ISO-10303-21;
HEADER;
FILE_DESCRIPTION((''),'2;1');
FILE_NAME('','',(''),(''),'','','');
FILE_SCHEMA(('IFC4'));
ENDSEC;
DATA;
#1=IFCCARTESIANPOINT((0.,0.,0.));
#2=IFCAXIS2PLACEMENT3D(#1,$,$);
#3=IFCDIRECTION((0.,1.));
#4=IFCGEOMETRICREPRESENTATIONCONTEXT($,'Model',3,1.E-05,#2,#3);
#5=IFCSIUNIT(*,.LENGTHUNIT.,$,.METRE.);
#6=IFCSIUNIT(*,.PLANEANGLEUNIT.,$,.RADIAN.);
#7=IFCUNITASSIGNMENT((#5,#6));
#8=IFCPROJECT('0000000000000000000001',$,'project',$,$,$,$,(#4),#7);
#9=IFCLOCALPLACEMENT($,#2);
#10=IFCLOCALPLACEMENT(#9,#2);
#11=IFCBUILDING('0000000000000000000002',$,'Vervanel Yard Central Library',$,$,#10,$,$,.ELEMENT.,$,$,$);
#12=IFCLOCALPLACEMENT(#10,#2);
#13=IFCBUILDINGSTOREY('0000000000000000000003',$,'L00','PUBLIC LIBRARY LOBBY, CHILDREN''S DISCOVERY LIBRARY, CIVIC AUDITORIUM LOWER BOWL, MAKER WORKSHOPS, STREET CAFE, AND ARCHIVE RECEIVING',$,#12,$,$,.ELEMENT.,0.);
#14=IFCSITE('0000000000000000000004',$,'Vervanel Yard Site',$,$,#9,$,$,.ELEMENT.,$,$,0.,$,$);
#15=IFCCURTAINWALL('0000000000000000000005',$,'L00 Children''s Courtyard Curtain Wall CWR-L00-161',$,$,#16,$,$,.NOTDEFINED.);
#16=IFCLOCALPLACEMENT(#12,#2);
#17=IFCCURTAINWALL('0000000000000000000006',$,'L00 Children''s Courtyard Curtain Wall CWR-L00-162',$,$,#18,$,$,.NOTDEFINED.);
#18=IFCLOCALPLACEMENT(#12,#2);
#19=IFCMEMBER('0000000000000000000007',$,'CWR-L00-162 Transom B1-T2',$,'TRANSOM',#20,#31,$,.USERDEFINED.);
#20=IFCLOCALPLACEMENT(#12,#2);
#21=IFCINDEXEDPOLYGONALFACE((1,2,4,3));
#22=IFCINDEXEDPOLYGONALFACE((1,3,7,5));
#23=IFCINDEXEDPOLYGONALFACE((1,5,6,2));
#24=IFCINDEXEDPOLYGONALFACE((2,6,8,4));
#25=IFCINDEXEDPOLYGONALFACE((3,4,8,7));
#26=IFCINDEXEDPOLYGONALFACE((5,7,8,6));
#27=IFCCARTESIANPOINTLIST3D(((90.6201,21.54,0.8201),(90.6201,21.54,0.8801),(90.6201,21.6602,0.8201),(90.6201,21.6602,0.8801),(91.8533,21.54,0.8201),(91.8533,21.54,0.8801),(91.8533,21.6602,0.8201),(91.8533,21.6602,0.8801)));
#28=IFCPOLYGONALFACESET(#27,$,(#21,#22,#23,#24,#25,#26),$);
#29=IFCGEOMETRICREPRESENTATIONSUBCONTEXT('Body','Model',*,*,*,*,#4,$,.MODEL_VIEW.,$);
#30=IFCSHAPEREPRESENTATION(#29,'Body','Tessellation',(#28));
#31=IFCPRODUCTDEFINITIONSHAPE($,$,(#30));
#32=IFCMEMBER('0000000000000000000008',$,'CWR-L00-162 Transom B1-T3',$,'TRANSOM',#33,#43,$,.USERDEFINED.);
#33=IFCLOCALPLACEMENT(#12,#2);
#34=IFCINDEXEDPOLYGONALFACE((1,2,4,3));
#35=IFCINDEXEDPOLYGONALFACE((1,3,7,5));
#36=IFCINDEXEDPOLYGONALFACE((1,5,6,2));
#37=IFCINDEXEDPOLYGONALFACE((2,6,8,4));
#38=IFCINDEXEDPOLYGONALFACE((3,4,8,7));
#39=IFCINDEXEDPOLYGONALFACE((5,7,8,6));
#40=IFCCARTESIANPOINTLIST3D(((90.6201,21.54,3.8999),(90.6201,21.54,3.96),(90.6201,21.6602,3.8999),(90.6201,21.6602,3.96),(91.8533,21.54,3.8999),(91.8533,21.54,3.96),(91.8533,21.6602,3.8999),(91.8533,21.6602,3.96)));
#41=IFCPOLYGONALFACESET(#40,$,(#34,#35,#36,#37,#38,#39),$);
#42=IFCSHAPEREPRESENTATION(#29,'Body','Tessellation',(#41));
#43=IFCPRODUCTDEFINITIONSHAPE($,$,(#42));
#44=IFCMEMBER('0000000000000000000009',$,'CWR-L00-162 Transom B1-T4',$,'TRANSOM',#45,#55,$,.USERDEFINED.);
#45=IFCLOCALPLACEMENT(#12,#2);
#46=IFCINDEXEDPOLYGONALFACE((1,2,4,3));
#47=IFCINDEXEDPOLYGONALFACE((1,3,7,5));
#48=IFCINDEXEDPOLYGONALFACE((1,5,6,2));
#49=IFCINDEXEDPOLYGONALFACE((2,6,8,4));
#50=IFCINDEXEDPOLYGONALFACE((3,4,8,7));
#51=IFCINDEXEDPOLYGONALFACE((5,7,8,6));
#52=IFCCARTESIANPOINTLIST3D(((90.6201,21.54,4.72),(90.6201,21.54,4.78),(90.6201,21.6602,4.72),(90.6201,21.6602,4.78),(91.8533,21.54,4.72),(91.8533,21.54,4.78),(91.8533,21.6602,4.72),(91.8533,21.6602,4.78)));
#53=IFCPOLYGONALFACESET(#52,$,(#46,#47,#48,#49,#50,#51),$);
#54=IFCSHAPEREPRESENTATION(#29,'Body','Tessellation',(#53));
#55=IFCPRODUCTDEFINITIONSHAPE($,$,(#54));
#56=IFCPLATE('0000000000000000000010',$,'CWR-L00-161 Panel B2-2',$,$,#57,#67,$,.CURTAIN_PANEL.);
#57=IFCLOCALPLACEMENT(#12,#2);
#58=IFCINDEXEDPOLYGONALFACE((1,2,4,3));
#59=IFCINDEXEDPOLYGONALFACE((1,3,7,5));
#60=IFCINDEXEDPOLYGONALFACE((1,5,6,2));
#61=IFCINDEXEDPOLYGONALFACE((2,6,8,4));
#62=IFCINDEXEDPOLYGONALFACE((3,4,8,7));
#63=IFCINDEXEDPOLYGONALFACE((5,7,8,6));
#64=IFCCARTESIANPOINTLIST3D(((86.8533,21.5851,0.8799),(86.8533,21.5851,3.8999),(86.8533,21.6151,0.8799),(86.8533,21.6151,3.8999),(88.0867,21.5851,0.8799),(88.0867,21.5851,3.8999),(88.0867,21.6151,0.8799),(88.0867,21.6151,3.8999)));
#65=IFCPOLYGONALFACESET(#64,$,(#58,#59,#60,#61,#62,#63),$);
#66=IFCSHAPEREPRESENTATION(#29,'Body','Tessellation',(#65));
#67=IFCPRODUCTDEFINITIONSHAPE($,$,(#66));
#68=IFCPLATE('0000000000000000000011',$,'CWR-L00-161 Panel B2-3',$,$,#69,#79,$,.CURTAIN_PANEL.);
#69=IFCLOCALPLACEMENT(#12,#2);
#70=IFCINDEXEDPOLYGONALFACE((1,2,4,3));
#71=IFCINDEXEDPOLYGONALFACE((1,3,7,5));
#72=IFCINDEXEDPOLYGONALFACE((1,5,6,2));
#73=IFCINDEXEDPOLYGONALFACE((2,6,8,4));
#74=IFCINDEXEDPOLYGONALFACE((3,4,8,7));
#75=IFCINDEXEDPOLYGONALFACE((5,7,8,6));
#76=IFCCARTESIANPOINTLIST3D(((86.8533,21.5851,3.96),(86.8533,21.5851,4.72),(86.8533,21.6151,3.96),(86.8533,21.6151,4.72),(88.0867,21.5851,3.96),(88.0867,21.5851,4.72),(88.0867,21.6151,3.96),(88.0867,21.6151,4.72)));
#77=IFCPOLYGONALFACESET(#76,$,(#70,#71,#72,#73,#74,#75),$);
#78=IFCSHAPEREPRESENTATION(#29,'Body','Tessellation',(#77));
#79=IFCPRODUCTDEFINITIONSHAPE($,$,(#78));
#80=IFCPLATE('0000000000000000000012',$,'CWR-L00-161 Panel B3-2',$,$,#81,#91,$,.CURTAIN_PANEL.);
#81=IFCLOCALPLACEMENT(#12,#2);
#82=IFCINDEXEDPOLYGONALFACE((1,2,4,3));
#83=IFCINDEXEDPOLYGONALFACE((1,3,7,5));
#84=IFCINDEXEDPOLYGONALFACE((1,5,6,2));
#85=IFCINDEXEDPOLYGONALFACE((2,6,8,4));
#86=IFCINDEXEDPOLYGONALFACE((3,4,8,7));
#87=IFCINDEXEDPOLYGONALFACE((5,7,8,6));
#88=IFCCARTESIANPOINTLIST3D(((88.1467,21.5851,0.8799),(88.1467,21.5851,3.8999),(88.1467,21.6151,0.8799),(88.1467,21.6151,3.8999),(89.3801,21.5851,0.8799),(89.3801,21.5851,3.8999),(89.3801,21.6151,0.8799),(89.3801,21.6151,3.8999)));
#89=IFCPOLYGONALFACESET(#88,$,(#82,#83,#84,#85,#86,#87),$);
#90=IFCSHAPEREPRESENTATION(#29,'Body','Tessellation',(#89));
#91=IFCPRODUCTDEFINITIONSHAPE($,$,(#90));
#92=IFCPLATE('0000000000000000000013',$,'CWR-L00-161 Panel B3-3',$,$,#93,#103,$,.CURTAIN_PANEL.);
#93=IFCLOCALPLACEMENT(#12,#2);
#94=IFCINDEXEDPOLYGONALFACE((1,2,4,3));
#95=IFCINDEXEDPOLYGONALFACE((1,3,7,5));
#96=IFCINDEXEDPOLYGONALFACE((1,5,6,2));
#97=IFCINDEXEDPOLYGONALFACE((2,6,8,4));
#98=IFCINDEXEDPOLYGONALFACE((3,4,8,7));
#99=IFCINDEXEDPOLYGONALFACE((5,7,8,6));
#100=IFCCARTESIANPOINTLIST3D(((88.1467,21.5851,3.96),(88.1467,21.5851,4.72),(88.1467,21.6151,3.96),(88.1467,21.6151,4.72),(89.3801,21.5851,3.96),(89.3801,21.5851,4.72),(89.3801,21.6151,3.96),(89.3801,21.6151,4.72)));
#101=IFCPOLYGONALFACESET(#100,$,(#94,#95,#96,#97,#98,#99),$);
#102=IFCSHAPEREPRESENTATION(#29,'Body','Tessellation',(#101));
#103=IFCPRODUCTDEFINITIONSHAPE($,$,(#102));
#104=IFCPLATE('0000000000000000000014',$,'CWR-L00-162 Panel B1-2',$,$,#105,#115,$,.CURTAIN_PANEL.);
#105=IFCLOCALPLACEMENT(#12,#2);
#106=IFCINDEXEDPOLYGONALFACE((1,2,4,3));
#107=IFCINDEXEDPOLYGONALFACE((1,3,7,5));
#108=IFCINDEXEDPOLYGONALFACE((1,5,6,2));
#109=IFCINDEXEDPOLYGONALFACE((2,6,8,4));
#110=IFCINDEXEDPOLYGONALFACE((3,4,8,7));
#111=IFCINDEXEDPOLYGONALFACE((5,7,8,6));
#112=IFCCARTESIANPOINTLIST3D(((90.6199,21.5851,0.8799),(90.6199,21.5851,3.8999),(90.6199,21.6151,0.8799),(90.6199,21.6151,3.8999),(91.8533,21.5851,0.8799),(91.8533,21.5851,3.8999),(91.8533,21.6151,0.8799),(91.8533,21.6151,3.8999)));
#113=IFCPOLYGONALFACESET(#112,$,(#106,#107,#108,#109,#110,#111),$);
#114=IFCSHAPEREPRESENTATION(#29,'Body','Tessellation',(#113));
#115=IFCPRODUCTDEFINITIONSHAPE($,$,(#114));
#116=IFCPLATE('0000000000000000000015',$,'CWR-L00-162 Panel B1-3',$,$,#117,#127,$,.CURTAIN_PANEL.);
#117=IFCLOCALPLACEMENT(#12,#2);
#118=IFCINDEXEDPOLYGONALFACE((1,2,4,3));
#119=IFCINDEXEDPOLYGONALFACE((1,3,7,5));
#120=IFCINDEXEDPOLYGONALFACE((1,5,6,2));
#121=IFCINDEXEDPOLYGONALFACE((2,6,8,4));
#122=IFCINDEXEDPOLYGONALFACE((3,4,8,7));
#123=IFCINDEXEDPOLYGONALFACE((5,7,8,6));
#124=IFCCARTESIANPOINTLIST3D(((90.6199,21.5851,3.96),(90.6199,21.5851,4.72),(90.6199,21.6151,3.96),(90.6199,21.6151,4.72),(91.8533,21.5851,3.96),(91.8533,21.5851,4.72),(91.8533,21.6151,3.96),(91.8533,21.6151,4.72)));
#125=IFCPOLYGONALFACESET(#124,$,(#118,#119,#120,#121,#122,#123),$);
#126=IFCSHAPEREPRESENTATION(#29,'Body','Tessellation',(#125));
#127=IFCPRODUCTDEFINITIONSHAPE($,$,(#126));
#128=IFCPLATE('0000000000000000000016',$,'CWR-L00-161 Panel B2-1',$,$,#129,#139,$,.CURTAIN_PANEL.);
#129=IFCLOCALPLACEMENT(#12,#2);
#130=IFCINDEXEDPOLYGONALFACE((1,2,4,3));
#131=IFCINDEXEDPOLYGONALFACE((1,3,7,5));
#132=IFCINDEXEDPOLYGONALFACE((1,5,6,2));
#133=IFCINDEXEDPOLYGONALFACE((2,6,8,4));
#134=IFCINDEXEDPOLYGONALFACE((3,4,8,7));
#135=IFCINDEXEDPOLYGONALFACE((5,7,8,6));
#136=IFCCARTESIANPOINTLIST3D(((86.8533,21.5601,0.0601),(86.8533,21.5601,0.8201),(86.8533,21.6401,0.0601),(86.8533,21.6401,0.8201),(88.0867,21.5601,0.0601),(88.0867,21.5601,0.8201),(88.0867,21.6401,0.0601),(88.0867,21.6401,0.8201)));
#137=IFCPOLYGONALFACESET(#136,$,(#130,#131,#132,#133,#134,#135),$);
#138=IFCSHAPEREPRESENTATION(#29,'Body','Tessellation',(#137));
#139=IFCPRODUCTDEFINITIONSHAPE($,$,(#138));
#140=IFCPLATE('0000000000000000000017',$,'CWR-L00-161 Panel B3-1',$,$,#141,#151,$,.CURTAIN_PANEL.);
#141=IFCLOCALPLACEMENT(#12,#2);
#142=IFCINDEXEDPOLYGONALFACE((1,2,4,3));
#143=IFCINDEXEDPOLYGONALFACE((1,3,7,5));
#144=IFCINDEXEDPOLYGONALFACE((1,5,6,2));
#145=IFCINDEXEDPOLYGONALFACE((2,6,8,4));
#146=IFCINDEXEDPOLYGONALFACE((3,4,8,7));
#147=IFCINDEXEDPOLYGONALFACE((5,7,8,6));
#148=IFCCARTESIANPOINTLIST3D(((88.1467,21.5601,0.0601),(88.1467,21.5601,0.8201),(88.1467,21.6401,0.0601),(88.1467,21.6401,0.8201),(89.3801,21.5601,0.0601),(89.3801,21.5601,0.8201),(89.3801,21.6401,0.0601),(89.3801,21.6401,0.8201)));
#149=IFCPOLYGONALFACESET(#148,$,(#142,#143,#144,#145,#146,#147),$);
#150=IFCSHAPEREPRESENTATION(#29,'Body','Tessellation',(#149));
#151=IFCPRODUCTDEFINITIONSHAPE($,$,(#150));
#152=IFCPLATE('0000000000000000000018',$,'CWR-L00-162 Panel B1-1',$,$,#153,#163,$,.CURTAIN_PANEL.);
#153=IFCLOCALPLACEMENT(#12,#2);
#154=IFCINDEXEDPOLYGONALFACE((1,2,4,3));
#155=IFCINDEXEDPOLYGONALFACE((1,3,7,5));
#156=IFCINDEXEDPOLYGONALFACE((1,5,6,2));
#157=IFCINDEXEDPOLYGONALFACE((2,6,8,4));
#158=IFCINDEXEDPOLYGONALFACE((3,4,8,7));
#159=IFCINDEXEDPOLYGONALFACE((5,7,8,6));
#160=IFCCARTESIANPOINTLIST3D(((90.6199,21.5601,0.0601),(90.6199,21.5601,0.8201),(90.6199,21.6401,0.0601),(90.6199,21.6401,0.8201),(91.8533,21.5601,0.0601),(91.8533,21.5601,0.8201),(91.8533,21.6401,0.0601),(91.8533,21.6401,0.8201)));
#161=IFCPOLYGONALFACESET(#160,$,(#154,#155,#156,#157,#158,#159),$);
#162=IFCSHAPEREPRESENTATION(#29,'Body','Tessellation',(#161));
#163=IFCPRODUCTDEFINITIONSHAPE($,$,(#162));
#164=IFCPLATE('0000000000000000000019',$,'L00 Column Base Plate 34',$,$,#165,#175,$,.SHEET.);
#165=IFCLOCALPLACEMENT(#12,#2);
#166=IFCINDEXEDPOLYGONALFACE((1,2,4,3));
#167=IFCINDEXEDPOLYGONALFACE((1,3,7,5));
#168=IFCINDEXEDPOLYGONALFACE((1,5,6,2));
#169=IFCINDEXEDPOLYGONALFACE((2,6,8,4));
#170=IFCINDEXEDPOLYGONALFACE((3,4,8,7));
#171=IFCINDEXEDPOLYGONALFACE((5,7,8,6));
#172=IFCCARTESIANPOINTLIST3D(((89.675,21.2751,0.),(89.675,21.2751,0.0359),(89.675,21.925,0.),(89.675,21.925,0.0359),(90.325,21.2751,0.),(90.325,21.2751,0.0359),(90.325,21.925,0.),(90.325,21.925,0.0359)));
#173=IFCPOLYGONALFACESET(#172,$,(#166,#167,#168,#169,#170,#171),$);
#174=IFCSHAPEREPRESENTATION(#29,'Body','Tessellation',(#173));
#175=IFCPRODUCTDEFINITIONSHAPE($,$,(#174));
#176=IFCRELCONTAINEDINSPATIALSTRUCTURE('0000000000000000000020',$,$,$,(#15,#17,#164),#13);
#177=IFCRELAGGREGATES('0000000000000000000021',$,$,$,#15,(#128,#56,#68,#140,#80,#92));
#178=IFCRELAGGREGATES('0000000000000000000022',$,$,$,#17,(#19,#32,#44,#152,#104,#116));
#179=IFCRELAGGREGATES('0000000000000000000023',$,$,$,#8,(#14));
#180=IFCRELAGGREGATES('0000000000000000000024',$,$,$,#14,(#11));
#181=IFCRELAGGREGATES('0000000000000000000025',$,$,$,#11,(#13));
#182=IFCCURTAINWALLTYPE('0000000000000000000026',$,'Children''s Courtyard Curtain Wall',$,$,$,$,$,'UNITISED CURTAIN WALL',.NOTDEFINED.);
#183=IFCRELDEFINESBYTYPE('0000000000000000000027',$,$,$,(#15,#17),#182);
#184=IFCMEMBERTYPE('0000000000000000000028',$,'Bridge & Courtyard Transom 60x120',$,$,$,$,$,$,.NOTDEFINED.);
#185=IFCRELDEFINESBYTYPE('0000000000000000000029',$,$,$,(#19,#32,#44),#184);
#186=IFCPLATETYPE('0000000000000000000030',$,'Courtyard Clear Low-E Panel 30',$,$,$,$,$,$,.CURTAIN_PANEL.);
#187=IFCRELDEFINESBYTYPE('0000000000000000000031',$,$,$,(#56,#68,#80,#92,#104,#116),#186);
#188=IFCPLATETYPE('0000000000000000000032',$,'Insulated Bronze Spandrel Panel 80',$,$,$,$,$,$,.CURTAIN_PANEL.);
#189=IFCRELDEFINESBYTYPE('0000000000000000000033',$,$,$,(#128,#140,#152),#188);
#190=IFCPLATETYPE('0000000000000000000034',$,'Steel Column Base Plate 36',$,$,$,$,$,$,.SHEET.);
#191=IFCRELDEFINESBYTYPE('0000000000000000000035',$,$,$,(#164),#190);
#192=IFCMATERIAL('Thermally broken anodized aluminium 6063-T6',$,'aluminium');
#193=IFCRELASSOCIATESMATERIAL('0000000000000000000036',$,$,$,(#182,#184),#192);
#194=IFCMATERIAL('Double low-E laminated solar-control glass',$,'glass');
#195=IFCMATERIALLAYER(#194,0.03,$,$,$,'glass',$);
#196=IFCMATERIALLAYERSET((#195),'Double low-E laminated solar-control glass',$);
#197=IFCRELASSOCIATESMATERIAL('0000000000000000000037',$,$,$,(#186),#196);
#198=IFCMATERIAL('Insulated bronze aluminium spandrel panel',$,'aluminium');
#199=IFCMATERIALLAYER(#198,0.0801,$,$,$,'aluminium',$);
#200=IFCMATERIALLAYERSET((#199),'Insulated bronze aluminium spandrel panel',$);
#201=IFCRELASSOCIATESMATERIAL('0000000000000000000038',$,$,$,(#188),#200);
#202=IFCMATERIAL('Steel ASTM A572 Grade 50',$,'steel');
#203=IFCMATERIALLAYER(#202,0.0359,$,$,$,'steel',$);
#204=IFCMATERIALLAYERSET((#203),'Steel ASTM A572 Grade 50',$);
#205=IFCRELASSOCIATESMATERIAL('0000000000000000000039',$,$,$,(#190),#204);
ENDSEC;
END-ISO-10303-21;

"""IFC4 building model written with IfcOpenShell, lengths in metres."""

from ifc_helpers import new_model, si_unit, direction, frame, origin, origin_2d, place, context, subcontext, project, spatial, rectangle, extrude, material, layer, layer_set, material_profile, profile_set, type_object, element, aggregate, save


model = new_model("IFC4")

# Units and contexts
model_context = context("Model", 3, precision=1e-05, world=origin(), true_north=direction((0.0, 1.0)))
body_context = subcontext(model_context, "Body", "Model", "MODEL_VIEW")
ifc_project = project(units=[si_unit("LENGTHUNIT", "METRE"), si_unit("PLANEANGLEUNIT", "RADIAN")], contexts=[model_context])

# Site, building, storey
site_placement = place(None, origin())
site = spatial("IfcSite", under=ifc_project, at=site_placement, Name="Vervanel Yard Site", CompositionType="ELEMENT", RefElevation=0.0)
building_placement = place(site_placement, origin())
building = spatial("IfcBuilding", under=site, at=building_placement, Name="Vervanel Yard Central Library", CompositionType="ELEMENT")
storey_placement = place(building_placement, origin())
storey = spatial("IfcBuildingStorey", under=building, at=storey_placement, Name="L00", Description="PUBLIC LIBRARY LOBBY, CHILDREN'S DISCOVERY LIBRARY, CIVIC AUDITORIUM LOWER BOWL, MAKER WORKSHOPS, STREET CAFE, AND ARCHIVE RECEIVING", CompositionType="ELEMENT", Elevation=0.0)

# Curtain walls
ifc_material_1 = material(Name="Thermally broken anodized aluminium 6063-T6", Category="aluminium")
curtain_wall_type = type_object("IfcCurtainWallType", Name="Children's Courtyard Curtain Wall", ElementType="UNITISED CURTAIN WALL", PredefinedType="NOTDEFINED", material=ifc_material_1)
curtain_wall_1_placement = place(storey_placement, origin())
curtain_wall_1 = element("IfcCurtainWall", 1, at=curtain_wall_1_placement, inside=storey, type_object=curtain_wall_type, Name="L00 Children's Courtyard Curtain Wall CWR-L00-161", PredefinedType="NOTDEFINED")
curtain_wall_2_placement = place(storey_placement, origin())
curtain_wall_2 = element("IfcCurtainWall", 2, at=curtain_wall_2_placement, inside=storey, type_object=curtain_wall_type, Name="L00 Children's Courtyard Curtain Wall CWR-L00-162", PredefinedType="NOTDEFINED")

# Members
ifc_material_profile_1 = material_profile(ifc_material_1, rectangle(XDim=0.0601, YDim=0.1201, at=origin_2d()), Name="ALU 60x120", Category="aluminium")
ifc_profile_set_1 = profile_set([ifc_material_profile_1], Name="Thermally broken anodized aluminium 6063-T6")
member_type_1 = type_object("IfcMemberType", Name="Bridge & Courtyard Transom 60x120", PredefinedType="NOTDEFINED", material=ifc_profile_set_1)
member_1_placement = place(storey_placement, frame((90.6201, 21.6001, 0.8501), z_axis=(1.0, 0.0, 0.0), x_axis=(0.0, 0.0, 1.0)))
member_1 = element("IfcMember", 3, at=member_1_placement, type_object=member_type_1, Name="CWR-L00-162 Transom B1-T2", ObjectType="TRANSOM", PredefinedType="USERDEFINED", context=body_context, shape_type="SweptSolid", body=[
    extrude(rectangle(XDim=0.0601, YDim=0.1201, at=origin_2d()), origin(), (0.0, 0.0, 1.0), 1.2332),
])
member_2_placement = place(storey_placement, frame((90.6201, 21.6001, 3.9299), z_axis=(1.0, 0.0, 0.0), x_axis=(0.0, 0.0, 1.0)))
member_2 = element("IfcMember", 4, at=member_2_placement, type_object=member_type_1, Name="CWR-L00-162 Transom B1-T3", ObjectType="TRANSOM", PredefinedType="USERDEFINED", context=body_context, shape_type="SweptSolid", body=[
    extrude(rectangle(XDim=0.0601, YDim=0.1201, at=origin_2d()), origin(), (0.0, 0.0, 1.0), 1.2332),
])
member_3_placement = place(storey_placement, frame((90.6201, 21.6001, 4.75), z_axis=(1.0, 0.0, 0.0), x_axis=(0.0, 0.0, 1.0)))
member_3 = element("IfcMember", 5, at=member_3_placement, type_object=member_type_1, Name="CWR-L00-162 Transom B1-T4", ObjectType="TRANSOM", PredefinedType="USERDEFINED", context=body_context, shape_type="SweptSolid", body=[
    extrude(rectangle(XDim=0.0601, YDim=0.1201, at=origin_2d()), origin(), (0.0, 0.0, 1.0), 1.2332),
])

# Plates
ifc_material_2 = material(Name="Double low-E laminated solar-control glass", Category="glass")
ifc_layer_1 = layer(ifc_material_2, 0.03, Category="glass")
ifc_layer_set_1 = layer_set([ifc_layer_1], Name="Double low-E laminated solar-control glass")
plate_type_1 = type_object("IfcPlateType", Name="Courtyard Clear Low-E Panel 30", PredefinedType="CURTAIN_PANEL", material=ifc_layer_set_1)
plate_1_placement = place(storey_placement, frame((87.47, 21.6001, 0.8799), z_axis=(0.0, 0.0, 1.0), x_axis=(1.0, 0.0, 0.0)))
plate_1 = element("IfcPlate", 6, at=plate_1_placement, type_object=plate_type_1, Name="CWR-L00-161 Panel B2-2", PredefinedType="CURTAIN_PANEL", context=body_context, shape_type="SweptSolid", body=[
    extrude(rectangle(XDim=1.2334, YDim=0.03, at=origin_2d()), origin(), (0.0, 0.0, 1.0), 3.02),
])
plate_2_placement = place(storey_placement, frame((87.47, 21.6001, 3.96), z_axis=(0.0, 0.0, 1.0), x_axis=(1.0, 0.0, 0.0)))
plate_2 = element("IfcPlate", 7, at=plate_2_placement, type_object=plate_type_1, Name="CWR-L00-161 Panel B2-3", PredefinedType="CURTAIN_PANEL", context=body_context, shape_type="SweptSolid", body=[
    extrude(rectangle(XDim=1.2334, YDim=0.03, at=origin_2d()), origin(), (0.0, 0.0, 1.0), 0.76),
])
plate_3_placement = place(storey_placement, frame((88.7634, 21.6001, 0.8799), z_axis=(0.0, 0.0, 1.0), x_axis=(1.0, 0.0, 0.0)))
plate_3 = element("IfcPlate", 8, at=plate_3_placement, type_object=plate_type_1, Name="CWR-L00-161 Panel B3-2", PredefinedType="CURTAIN_PANEL", context=body_context, shape_type="SweptSolid", body=[
    extrude(rectangle(XDim=1.2334, YDim=0.03, at=origin_2d()), origin(), (0.0, 0.0, 1.0), 3.02),
])
plate_4_placement = place(storey_placement, frame((88.7634, 21.6001, 3.96), z_axis=(0.0, 0.0, 1.0), x_axis=(1.0, 0.0, 0.0)))
plate_4 = element("IfcPlate", 9, at=plate_4_placement, type_object=plate_type_1, Name="CWR-L00-161 Panel B3-3", PredefinedType="CURTAIN_PANEL", context=body_context, shape_type="SweptSolid", body=[
    extrude(rectangle(XDim=1.2334, YDim=0.03, at=origin_2d()), origin(), (0.0, 0.0, 1.0), 0.76),
])
plate_5_placement = place(storey_placement, frame((91.2366, 21.6001, 0.8799), z_axis=(0.0, 0.0, 1.0), x_axis=(1.0, 0.0, 0.0)))
plate_5 = element("IfcPlate", 10, at=plate_5_placement, type_object=plate_type_1, Name="CWR-L00-162 Panel B1-2", PredefinedType="CURTAIN_PANEL", context=body_context, shape_type="SweptSolid", body=[
    extrude(rectangle(XDim=1.2334, YDim=0.03, at=origin_2d()), origin(), (0.0, 0.0, 1.0), 3.02),
])
plate_6_placement = place(storey_placement, frame((91.2366, 21.6001, 3.96), z_axis=(0.0, 0.0, 1.0), x_axis=(1.0, 0.0, 0.0)))
plate_6 = element("IfcPlate", 11, at=plate_6_placement, type_object=plate_type_1, Name="CWR-L00-162 Panel B1-3", PredefinedType="CURTAIN_PANEL", context=body_context, shape_type="SweptSolid", body=[
    extrude(rectangle(XDim=1.2334, YDim=0.03, at=origin_2d()), origin(), (0.0, 0.0, 1.0), 0.76),
])
ifc_material_3 = material(Name="Insulated bronze aluminium spandrel panel", Category="aluminium")
ifc_layer_2 = layer(ifc_material_3, 0.0801, Category="aluminium")
ifc_layer_set_2 = layer_set([ifc_layer_2], Name="Insulated bronze aluminium spandrel panel")
plate_type_2 = type_object("IfcPlateType", Name="Insulated Bronze Spandrel Panel 80", PredefinedType="CURTAIN_PANEL", material=ifc_layer_set_2)
plate_7_placement = place(storey_placement, frame((87.47, 21.6001, 0.0601), z_axis=(0.0, 0.0, 1.0), x_axis=(1.0, 0.0, 0.0)))
plate_7 = element("IfcPlate", 12, at=plate_7_placement, type_object=plate_type_2, Name="CWR-L00-161 Panel B2-1", PredefinedType="CURTAIN_PANEL", context=body_context, shape_type="SweptSolid", body=[
    extrude(rectangle(XDim=1.2334, YDim=0.0801, at=origin_2d()), origin(), (0.0, 0.0, 1.0), 0.76),
])
plate_8_placement = place(storey_placement, frame((88.7634, 21.6001, 0.0601), z_axis=(0.0, 0.0, 1.0), x_axis=(1.0, 0.0, 0.0)))
plate_8 = element("IfcPlate", 13, at=plate_8_placement, type_object=plate_type_2, Name="CWR-L00-161 Panel B3-1", PredefinedType="CURTAIN_PANEL", context=body_context, shape_type="SweptSolid", body=[
    extrude(rectangle(XDim=1.2334, YDim=0.0801, at=origin_2d()), origin(), (0.0, 0.0, 1.0), 0.76),
])
aggregate(curtain_wall_1, [plate_7, plate_1, plate_2, plate_8, plate_3, plate_4])
plate_9_placement = place(storey_placement, frame((91.2366, 21.6001, 0.0601), z_axis=(0.0, 0.0, 1.0), x_axis=(1.0, 0.0, 0.0)))
plate_9 = element("IfcPlate", 14, at=plate_9_placement, type_object=plate_type_2, Name="CWR-L00-162 Panel B1-1", PredefinedType="CURTAIN_PANEL", context=body_context, shape_type="SweptSolid", body=[
    extrude(rectangle(XDim=1.2334, YDim=0.0801, at=origin_2d()), origin(), (0.0, 0.0, 1.0), 0.76),
])
aggregate(curtain_wall_2, [member_1, member_2, member_3, plate_9, plate_5, plate_6])
ifc_material_4 = material(Name="Steel ASTM A572 Grade 50", Category="steel")
ifc_layer_3 = layer(ifc_material_4, 0.0359, Category="steel")
ifc_layer_set_3 = layer_set([ifc_layer_3], Name="Steel ASTM A572 Grade 50")
plate_type_3 = type_object("IfcPlateType", Name="Steel Column Base Plate 36", PredefinedType="SHEET", material=ifc_layer_set_3)
plate_10_placement = place(storey_placement, frame((90.0, 21.6001, 0.0), z_axis=(0.0, 0.0, 1.0), x_axis=(1.0, 0.0, 0.0)))
element("IfcPlate", 15, at=plate_10_placement, inside=storey, type_object=plate_type_3, Name="L00 Column Base Plate 34", PredefinedType="SHEET", context=body_context, shape_type="SweptSolid", body=[
    extrude(rectangle(XDim=0.6499, YDim=0.6499, at=origin_2d()), origin(), (0.0, 0.0, 1.0), 0.0359),
])

save(model, "model.ifc")
